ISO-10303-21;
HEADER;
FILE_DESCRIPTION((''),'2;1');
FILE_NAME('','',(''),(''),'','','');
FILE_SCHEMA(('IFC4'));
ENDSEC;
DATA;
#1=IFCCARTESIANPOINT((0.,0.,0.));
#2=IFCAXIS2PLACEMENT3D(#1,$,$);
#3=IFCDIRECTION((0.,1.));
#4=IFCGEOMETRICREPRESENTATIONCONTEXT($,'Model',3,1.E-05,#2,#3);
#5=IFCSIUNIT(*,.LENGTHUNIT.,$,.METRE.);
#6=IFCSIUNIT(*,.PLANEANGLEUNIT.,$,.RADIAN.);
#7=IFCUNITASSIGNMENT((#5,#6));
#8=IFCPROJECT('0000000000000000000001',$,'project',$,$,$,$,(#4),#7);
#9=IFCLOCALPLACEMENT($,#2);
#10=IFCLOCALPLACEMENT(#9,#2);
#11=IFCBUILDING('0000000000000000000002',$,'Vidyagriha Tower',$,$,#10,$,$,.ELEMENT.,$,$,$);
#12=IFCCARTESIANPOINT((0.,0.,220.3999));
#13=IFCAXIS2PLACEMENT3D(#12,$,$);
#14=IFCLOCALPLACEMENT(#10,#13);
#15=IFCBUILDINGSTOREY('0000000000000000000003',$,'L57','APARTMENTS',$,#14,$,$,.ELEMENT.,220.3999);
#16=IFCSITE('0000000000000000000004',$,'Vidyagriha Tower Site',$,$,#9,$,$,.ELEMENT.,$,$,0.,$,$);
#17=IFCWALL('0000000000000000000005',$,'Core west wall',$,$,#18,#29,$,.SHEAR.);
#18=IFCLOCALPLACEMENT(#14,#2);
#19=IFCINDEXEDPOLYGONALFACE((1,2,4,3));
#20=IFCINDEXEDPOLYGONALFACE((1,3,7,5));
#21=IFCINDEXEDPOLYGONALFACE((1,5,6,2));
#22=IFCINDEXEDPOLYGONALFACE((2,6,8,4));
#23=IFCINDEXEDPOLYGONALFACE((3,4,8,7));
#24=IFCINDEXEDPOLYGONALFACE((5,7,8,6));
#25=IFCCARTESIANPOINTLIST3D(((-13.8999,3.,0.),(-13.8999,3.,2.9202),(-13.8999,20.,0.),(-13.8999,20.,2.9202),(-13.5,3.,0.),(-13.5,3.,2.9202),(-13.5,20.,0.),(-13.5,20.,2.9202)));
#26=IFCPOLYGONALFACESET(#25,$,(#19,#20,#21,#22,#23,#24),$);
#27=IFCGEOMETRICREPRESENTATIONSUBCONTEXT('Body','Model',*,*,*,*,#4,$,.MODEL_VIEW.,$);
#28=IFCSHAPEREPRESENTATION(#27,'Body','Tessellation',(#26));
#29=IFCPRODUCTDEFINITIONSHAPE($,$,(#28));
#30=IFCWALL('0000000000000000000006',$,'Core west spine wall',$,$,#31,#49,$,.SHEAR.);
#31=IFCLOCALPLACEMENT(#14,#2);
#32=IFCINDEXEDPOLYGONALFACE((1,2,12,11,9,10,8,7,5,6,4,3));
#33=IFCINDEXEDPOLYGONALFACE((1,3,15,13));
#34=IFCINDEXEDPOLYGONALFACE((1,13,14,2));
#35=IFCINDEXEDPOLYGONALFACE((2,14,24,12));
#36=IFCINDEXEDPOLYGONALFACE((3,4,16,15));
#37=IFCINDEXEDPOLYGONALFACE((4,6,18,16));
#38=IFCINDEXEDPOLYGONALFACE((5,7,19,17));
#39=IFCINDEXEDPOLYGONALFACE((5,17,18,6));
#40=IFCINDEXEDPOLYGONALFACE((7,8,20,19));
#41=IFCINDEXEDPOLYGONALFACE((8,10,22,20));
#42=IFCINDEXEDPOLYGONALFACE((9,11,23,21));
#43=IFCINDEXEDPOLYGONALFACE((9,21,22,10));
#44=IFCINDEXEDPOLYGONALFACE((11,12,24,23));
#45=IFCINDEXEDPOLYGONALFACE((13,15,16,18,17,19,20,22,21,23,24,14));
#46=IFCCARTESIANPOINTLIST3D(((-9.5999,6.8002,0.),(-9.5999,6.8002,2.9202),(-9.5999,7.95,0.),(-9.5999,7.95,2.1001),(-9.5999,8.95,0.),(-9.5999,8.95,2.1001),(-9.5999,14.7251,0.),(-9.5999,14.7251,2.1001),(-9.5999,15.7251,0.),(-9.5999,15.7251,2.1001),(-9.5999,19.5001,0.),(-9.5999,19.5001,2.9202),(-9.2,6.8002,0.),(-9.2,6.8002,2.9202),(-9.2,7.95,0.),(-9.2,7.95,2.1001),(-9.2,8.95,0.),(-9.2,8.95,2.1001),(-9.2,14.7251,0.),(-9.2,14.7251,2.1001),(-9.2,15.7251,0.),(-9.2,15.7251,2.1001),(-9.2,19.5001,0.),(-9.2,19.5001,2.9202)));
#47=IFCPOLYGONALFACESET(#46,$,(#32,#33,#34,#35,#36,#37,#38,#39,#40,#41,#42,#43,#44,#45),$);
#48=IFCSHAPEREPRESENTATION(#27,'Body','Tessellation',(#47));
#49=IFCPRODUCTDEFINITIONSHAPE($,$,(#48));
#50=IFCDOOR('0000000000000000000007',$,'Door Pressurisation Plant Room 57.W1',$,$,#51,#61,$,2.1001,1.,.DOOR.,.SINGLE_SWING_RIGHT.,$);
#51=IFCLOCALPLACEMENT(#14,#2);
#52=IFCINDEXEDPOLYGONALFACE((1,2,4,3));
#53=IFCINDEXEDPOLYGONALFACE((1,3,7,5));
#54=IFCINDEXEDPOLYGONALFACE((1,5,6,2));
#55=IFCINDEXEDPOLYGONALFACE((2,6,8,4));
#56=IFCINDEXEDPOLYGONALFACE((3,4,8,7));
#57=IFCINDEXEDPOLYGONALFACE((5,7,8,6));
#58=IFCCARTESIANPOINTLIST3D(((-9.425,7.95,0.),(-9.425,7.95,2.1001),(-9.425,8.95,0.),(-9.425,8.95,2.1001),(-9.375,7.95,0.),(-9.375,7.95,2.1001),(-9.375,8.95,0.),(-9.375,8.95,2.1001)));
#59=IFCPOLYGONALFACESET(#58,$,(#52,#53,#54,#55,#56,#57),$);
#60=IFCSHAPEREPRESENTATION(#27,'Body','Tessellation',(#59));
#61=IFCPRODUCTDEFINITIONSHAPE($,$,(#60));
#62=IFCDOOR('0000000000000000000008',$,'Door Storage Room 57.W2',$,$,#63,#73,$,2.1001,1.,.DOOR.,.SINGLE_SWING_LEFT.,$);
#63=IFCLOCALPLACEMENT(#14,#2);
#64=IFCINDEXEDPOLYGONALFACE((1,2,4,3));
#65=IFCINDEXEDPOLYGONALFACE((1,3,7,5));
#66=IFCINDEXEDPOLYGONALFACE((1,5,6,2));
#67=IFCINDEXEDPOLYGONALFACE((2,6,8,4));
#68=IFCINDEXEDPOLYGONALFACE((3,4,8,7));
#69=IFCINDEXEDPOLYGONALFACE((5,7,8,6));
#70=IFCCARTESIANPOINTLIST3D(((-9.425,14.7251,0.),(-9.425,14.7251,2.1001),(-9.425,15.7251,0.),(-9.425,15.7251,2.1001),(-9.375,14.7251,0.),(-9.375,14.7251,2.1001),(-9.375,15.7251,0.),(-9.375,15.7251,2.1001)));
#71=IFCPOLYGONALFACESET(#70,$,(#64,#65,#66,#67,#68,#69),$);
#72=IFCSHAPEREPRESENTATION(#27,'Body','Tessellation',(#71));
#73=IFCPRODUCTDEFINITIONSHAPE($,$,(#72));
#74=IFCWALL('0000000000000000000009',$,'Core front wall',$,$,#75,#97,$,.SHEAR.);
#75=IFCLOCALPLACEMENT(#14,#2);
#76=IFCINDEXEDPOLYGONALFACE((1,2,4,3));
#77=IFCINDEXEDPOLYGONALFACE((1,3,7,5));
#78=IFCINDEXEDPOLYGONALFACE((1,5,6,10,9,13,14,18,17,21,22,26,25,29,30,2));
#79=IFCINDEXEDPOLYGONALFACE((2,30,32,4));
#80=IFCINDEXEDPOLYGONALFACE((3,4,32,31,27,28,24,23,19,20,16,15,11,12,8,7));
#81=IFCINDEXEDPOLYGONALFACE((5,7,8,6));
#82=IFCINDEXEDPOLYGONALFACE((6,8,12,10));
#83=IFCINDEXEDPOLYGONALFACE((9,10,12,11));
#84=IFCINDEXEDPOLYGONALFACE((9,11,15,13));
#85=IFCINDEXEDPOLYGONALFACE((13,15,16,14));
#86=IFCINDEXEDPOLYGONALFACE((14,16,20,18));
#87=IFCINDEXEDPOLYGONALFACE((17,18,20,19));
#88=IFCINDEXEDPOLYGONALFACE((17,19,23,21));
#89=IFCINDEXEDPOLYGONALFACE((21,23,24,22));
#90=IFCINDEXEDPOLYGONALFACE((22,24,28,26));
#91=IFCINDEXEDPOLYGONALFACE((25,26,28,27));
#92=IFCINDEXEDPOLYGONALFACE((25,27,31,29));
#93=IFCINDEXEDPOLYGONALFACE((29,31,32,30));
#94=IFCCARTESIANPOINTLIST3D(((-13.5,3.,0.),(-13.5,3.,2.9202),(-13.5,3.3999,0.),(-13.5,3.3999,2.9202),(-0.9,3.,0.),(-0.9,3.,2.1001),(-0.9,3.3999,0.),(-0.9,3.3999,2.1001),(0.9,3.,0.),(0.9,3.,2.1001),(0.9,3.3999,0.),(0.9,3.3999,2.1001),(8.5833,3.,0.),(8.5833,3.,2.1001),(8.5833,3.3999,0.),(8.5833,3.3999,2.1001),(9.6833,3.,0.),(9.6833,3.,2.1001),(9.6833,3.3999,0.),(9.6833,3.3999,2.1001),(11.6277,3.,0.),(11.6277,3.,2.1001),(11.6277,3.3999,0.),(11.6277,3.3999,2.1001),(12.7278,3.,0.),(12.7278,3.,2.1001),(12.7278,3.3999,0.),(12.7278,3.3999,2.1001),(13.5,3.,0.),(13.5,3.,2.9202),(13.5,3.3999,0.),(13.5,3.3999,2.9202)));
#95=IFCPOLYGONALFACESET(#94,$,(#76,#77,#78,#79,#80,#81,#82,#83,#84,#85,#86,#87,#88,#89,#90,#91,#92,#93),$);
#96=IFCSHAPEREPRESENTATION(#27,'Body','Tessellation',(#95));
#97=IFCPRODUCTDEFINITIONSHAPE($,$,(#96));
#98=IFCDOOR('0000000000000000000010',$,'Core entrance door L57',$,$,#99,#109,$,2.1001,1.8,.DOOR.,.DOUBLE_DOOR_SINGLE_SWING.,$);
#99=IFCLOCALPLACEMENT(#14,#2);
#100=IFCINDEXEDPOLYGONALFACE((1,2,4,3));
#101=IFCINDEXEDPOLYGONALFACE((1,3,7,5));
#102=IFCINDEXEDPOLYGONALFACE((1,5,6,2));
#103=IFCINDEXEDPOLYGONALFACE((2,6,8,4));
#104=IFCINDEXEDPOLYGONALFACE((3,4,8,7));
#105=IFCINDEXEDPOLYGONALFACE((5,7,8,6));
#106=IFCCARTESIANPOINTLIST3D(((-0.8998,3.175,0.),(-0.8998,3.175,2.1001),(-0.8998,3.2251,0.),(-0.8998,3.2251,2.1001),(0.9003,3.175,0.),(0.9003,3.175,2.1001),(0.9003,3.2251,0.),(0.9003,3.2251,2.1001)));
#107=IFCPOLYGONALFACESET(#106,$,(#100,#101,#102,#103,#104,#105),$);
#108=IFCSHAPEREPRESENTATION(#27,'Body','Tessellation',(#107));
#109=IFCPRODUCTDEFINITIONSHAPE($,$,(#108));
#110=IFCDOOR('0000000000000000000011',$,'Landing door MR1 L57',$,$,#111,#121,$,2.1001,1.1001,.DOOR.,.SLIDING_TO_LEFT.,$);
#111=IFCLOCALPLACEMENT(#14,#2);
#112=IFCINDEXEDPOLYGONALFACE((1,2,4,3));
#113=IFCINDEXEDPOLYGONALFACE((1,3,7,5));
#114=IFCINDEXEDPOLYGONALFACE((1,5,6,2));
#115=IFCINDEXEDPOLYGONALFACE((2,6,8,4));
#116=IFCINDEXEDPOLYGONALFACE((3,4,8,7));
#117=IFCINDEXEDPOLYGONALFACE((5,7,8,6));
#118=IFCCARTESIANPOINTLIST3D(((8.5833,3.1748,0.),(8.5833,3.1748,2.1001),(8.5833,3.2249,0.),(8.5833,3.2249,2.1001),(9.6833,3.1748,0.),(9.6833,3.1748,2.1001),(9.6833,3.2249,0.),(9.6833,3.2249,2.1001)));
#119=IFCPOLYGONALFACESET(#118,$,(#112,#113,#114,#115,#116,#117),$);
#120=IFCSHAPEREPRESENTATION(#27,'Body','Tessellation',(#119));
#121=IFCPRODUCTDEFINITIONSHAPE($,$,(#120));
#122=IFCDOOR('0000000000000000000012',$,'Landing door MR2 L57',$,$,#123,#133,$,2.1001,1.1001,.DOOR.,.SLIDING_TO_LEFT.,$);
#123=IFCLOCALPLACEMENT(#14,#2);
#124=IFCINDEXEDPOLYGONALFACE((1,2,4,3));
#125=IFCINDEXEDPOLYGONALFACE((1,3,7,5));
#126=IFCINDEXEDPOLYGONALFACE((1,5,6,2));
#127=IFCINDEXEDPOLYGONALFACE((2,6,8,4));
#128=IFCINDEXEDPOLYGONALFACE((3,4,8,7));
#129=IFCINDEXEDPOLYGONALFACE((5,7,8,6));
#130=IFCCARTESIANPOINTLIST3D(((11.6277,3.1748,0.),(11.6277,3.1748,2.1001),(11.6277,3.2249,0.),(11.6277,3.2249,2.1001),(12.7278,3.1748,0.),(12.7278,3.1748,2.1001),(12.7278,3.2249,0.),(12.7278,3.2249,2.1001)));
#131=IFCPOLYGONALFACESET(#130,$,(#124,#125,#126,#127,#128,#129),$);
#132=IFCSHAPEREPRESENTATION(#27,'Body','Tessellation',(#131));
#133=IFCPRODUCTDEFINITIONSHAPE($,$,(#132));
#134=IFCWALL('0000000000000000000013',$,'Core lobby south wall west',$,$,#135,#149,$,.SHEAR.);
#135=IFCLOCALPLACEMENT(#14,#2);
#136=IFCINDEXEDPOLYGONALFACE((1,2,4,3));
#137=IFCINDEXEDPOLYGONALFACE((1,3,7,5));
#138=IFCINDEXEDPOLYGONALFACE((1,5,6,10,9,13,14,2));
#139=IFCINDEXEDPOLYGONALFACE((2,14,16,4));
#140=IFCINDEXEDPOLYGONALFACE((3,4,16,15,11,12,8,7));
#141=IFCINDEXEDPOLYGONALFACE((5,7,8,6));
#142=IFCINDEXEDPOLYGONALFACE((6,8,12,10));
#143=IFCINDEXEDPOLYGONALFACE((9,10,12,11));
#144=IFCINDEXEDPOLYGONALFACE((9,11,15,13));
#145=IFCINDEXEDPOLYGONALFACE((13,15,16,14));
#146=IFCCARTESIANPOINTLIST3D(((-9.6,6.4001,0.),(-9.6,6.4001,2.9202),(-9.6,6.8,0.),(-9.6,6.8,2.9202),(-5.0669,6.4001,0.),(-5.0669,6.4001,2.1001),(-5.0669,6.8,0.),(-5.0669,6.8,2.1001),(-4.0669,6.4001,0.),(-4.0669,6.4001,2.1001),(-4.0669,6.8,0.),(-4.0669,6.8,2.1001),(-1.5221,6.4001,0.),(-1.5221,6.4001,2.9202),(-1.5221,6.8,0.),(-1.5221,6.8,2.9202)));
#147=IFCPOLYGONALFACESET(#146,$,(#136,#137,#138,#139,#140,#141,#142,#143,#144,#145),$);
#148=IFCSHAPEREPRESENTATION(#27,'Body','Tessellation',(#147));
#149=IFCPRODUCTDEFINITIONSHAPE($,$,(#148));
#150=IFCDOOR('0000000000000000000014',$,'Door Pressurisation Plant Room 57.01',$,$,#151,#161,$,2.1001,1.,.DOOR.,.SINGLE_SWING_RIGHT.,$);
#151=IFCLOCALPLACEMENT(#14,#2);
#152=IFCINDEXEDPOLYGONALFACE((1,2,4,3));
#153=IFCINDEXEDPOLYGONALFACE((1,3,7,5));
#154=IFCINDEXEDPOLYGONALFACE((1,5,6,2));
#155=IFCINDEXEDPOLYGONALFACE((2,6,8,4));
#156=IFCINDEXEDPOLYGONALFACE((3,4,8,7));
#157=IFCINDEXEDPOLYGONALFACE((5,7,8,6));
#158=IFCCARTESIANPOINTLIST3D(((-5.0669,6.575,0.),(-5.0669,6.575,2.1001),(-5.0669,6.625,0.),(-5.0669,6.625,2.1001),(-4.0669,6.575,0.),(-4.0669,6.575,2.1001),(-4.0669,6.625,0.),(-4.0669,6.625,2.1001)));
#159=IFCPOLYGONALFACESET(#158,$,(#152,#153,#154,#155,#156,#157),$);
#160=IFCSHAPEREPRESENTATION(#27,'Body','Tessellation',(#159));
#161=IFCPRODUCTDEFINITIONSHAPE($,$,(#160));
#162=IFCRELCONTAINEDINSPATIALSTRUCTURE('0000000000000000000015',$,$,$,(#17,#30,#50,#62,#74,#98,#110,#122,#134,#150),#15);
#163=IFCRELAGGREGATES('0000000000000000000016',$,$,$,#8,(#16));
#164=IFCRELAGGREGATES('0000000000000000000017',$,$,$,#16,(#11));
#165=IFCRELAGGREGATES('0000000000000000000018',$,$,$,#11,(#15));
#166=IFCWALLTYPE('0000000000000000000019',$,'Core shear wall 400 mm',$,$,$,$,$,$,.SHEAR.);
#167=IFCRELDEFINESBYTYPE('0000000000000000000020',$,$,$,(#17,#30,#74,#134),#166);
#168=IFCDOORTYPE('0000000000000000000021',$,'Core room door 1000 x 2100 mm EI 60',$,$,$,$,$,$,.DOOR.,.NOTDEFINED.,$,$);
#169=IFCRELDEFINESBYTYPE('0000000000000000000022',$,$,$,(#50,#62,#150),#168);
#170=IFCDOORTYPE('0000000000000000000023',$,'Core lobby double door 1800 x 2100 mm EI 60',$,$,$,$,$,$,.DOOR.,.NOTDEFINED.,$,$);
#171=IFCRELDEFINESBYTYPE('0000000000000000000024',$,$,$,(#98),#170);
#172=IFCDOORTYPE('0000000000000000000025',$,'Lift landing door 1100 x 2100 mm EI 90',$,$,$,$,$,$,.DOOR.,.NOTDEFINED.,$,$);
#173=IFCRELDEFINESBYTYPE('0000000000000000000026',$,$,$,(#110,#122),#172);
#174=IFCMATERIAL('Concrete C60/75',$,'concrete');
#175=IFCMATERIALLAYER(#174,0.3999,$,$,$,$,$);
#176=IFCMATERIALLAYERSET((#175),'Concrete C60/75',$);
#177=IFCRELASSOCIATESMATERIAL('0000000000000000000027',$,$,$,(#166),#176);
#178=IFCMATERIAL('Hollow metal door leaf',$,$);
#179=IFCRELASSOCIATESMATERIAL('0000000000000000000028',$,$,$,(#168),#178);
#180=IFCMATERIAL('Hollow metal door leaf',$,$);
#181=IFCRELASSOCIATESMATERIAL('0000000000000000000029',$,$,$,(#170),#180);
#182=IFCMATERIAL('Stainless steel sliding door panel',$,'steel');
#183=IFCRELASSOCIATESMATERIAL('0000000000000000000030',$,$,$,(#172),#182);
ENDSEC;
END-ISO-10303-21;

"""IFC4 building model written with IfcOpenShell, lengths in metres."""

from ifc_helpers import new_model, si_unit, direction, frame, frame_2d, origin, place, context, subcontext, project, spatial, rectangle, extrude, material, layer, layer_set, type_object, element, fill, save


model = new_model("IFC4")

# Units and contexts
model_context = context("Model", 3, precision=1e-05, world=origin(), true_north=direction((0.0, 1.0)))
body_context = subcontext(model_context, "Body", "Model", "MODEL_VIEW")
ifc_project = project(units=[si_unit("LENGTHUNIT", "METRE"), si_unit("PLANEANGLEUNIT", "RADIAN")], contexts=[model_context])

# Site, building, storey
site_placement = place(None, origin())
site = spatial("IfcSite", under=ifc_project, at=site_placement, Name="Vidyagriha Tower Site", CompositionType="ELEMENT", RefElevation=0.0)
building_placement = place(site_placement, origin())
building = spatial("IfcBuilding", under=site, at=building_placement, Name="Vidyagriha Tower", CompositionType="ELEMENT")
storey_placement = place(building_placement, frame((0.0, 0.0, 220.3999)))
storey = spatial("IfcBuildingStorey", under=building, at=storey_placement, Name="L57", Description="APARTMENTS", CompositionType="ELEMENT", Elevation=220.3999)

# Wall
ifc_material_1 = material(Name="Concrete C60/75", Category="concrete")
ifc_layer_1 = layer(ifc_material_1, 0.3999)
ifc_layer_set_1 = layer_set([ifc_layer_1], Name="Concrete C60/75")
wall_type_1 = type_object("IfcWallType", Name="Core shear wall 400 mm", PredefinedType="SHEAR", material=ifc_layer_set_1)
wall_1_placement = place(storey_placement, frame((-13.7, 3.0, 0.0), z_axis=(0.0, 0.0, 1.0), x_axis=(0.0, 1.0, 0.0)))
element("IfcWall", 1, at=wall_1_placement, inside=storey, type_object=wall_type_1, Name="Core west wall", PredefinedType="SHEAR", context=body_context, shape_type="SweptSolid", body=[
    extrude(rectangle(XDim=17.0, YDim=0.3999, at=frame_2d((8.5, 0.0))), origin(), (0.0, 0.0, 1.0), 2.9202),
])

# Walls, openings, doors
wall_2_placement = place(storey_placement, frame((-9.3999, 6.8, 0.0), z_axis=(0.0, 0.0, 1.0), x_axis=(0.0, 1.0, 0.0)))
wall_2 = element("IfcWall", 2, at=wall_2_placement, inside=storey, type_object=wall_type_1, Name="Core west spine wall", PredefinedType="SHEAR", context=body_context, shape_type="SweptSolid", body=[
    extrude(rectangle(XDim=12.7, YDim=0.3999, at=frame_2d((6.3501, 0.0))), origin(), (0.0, 0.0, 1.0), 2.9202),
])
opening_1_placement = place(wall_2_placement, frame((1.1499, 0.0, 0.0)))
opening_1 = element("IfcOpeningElement", 3, at=opening_1_placement, cuts=wall_2, PredefinedType="OPENING", context=body_context, shape_type="SweptSolid", body=[
    extrude(rectangle(XDim=1.0, YDim=2.1001, at=frame_2d((0.5, 1.05))), frame((0.0, 0.21, 0.0), z_axis=(0.0, -1.0, 0.0), x_axis=(1.0, 0.0, 0.0)), (0.0, 0.0, 1.0), 0.4199),
])
opening_2_placement = place(wall_2_placement, frame((7.925, 0.0, 0.0)))
opening_2 = element("IfcOpeningElement", 4, at=opening_2_placement, cuts=wall_2, PredefinedType="OPENING", context=body_context, shape_type="SweptSolid", body=[
    extrude(rectangle(XDim=1.0, YDim=2.1001, at=frame_2d((0.5, 1.05))), frame((0.0, 0.21, 0.0), z_axis=(0.0, -1.0, 0.0), x_axis=(1.0, 0.0, 0.0)), (0.0, 0.0, 1.0), 0.4199),
])
ifc_material_2 = material(Name="Hollow metal door leaf")
door_type_1 = type_object("IfcDoorType", Name="Core room door 1000 x 2100 mm EI 60", OperationType="NOTDEFINED", PredefinedType="DOOR", material=ifc_material_2)
door_1_placement = place(opening_1_placement, frame((1.0, 0.0, 0.0), z_axis=(0.0, 0.0, 1.0), x_axis=(-1.0, 0.0, 0.0)))
door_1 = element("IfcDoor", 5, at=door_1_placement, inside=storey, type_object=door_type_1, Name="Door Pressurisation Plant Room 57.W1", OperationType="SINGLE_SWING_RIGHT", OverallHeight=2.1001, OverallWidth=1.0, PredefinedType="DOOR", context=body_context, shape_type="SweptSolid", body=[
    extrude(rectangle(XDim=1.0, YDim=2.1001, at=frame_2d((0.5, 1.05))), frame((0.0, 0.0249, 0.0), z_axis=(0.0, -1.0, 0.0), x_axis=(1.0, 0.0, 0.0)), (0.0, 0.0, 1.0), 0.05),
])
fill(opening_1, door_1)
door_2_placement = place(opening_2_placement, frame((1.0, 0.0, 0.0), z_axis=(0.0, 0.0, 1.0), x_axis=(-1.0, 0.0, 0.0)))
door_2 = element("IfcDoor", 6, at=door_2_placement, inside=storey, type_object=door_type_1, Name="Door Storage Room 57.W2", OperationType="SINGLE_SWING_LEFT", OverallHeight=2.1001, OverallWidth=1.0, PredefinedType="DOOR", context=body_context, shape_type="SweptSolid", body=[
    extrude(rectangle(XDim=1.0, YDim=2.1001, at=frame_2d((0.5, 1.05))), frame((0.0, 0.0249, 0.0), z_axis=(0.0, -1.0, 0.0), x_axis=(1.0, 0.0, 0.0)), (0.0, 0.0, 1.0), 0.05),
])
fill(opening_2, door_2)
wall_3_placement = place(storey_placement, frame((-13.5, 3.2, 0.0)))
wall_3 = element("IfcWall", 7, at=wall_3_placement, inside=storey, type_object=wall_type_1, Name="Core front wall", PredefinedType="SHEAR", context=body_context, shape_type="SweptSolid", body=[
    extrude(rectangle(XDim=27.0, YDim=0.3999, at=frame_2d((13.5, 0.0))), origin(), (0.0, 0.0, 1.0), 2.9202),
])
opening_3_placement = place(wall_3_placement, frame((22.0833, 0.0, 0.0)))
opening_3 = element("IfcOpeningElement", 8, at=opening_3_placement, cuts=wall_3, PredefinedType="OPENING", context=body_context, shape_type="SweptSolid", body=[
    extrude(rectangle(XDim=1.1001, YDim=2.1001, at=frame_2d((0.55, 1.05))), frame((0.0, 0.21, 0.0), z_axis=(0.0, -1.0, 0.0), x_axis=(1.0, 0.0, 0.0)), (0.0, 0.0, 1.0), 0.4199),
])
opening_4_placement = place(wall_3_placement, frame((25.1277, 0.0, 0.0)))
opening_4 = element("IfcOpeningElement", 9, at=opening_4_placement, cuts=wall_3, PredefinedType="OPENING", context=body_context, shape_type="SweptSolid", body=[
    extrude(rectangle(XDim=1.1001, YDim=2.1001, at=frame_2d((0.55, 1.05))), frame((0.0, 0.21, 0.0), z_axis=(0.0, -1.0, 0.0), x_axis=(1.0, 0.0, 0.0)), (0.0, 0.0, 1.0), 0.4199),
])
opening_5_placement = place(wall_3_placement, frame((12.6001, 0.0, 0.0)))
opening_5 = element("IfcOpeningElement", 10, at=opening_5_placement, cuts=wall_3, PredefinedType="OPENING", context=body_context, shape_type="SweptSolid", body=[
    extrude(rectangle(XDim=1.8, YDim=2.1001, at=frame_2d((0.8999, 1.05))), frame((0.0, 0.21, 0.0), z_axis=(0.0, -1.0, 0.0), x_axis=(1.0, 0.0, 0.0)), (0.0, 0.0, 1.0), 0.4199),
])
ifc_material_3 = material(Name="Hollow metal door leaf")
door_type_2 = type_object("IfcDoorType", Name="Core lobby double door 1800 x 2100 mm EI 60", OperationType="NOTDEFINED", PredefinedType="DOOR", material=ifc_material_3)
door_3_placement = place(opening_5_placement, frame((1.8, 0.0, 0.0), z_axis=(0.0, 0.0, 1.0), x_axis=(-1.0, 0.0, 0.0)))
door_3 = element("IfcDoor", 11, at=door_3_placement, inside=storey, type_object=door_type_2, Name="Core entrance door L57", OperationType="DOUBLE_DOOR_SINGLE_SWING", OverallHeight=2.1001, OverallWidth=1.8, PredefinedType="DOOR", context=body_context, shape_type="SweptSolid", body=[
    extrude(rectangle(XDim=1.8, YDim=2.1001, at=frame_2d((0.8999, 1.05))), frame((0.0, 0.0249, 0.0), z_axis=(0.0, -1.0, 0.0), x_axis=(1.0, 0.0, 0.0)), (0.0, 0.0, 1.0), 0.05),
])
fill(opening_5, door_3)
ifc_material_4 = material(Name="Stainless steel sliding door panel", Category="steel")
door_type_3 = type_object("IfcDoorType", Name="Lift landing door 1100 x 2100 mm EI 90", OperationType="NOTDEFINED", PredefinedType="DOOR", material=ifc_material_4)
door_4_placement = place(opening_3_placement, origin())
door_4 = element("IfcDoor", 12, at=door_4_placement, inside=storey, type_object=door_type_3, Name="Landing door MR1 L57", OperationType="SLIDING_TO_LEFT", OverallHeight=2.1001, OverallWidth=1.1001, PredefinedType="DOOR", context=body_context, shape_type="SweptSolid", body=[
    extrude(rectangle(XDim=1.1001, YDim=2.1001, at=frame_2d((0.55, 1.05))), frame((0.0, 0.0249, 0.0), z_axis=(0.0, -1.0, 0.0), x_axis=(1.0, 0.0, 0.0)), (0.0, 0.0, 1.0), 0.05),
])
fill(opening_3, door_4)
door_5_placement = place(opening_4_placement, origin())
door_5 = element("IfcDoor", 13, at=door_5_placement, inside=storey, type_object=door_type_3, Name="Landing door MR2 L57", OperationType="SLIDING_TO_LEFT", OverallHeight=2.1001, OverallWidth=1.1001, PredefinedType="DOOR", context=body_context, shape_type="SweptSolid", body=[
    extrude(rectangle(XDim=1.1001, YDim=2.1001, at=frame_2d((0.55, 1.05))), frame((0.0, 0.0249, 0.0), z_axis=(0.0, -1.0, 0.0), x_axis=(1.0, 0.0, 0.0)), (0.0, 0.0, 1.0), 0.05),
])
fill(opening_4, door_5)

# Wall, opening, door
wall_4_placement = place(storey_placement, frame((-9.6001, 6.6001, 0.0)))
wall_4 = element("IfcWall", 14, at=wall_4_placement, inside=storey, type_object=wall_type_1, Name="Core lobby south wall west", PredefinedType="SHEAR", context=body_context, shape_type="SweptSolid", body=[
    extrude(rectangle(XDim=8.0779, YDim=0.3999, at=frame_2d((4.0391, 0.0))), origin(), (0.0, 0.0, 1.0), 2.9202),
])
opening_6_placement = place(wall_4_placement, frame((4.5332, 0.0, 0.0)))
opening_6 = element("IfcOpeningElement", 15, at=opening_6_placement, cuts=wall_4, PredefinedType="OPENING", context=body_context, shape_type="SweptSolid", body=[
    extrude(rectangle(XDim=1.0, YDim=2.1001, at=frame_2d((0.5, 1.05))), frame((0.0, 0.21, 0.0), z_axis=(0.0, -1.0, 0.0), x_axis=(1.0, 0.0, 0.0)), (0.0, 0.0, 1.0), 0.4199),
])
door_6_placement = place(opening_6_placement, origin())
door_6 = element("IfcDoor", 16, at=door_6_placement, inside=storey, type_object=door_type_1, Name="Door Pressurisation Plant Room 57.01", OperationType="SINGLE_SWING_RIGHT", OverallHeight=2.1001, OverallWidth=1.0, PredefinedType="DOOR", context=body_context, shape_type="SweptSolid", body=[
    extrude(rectangle(XDim=1.0, YDim=2.1001, at=frame_2d((0.5, 1.05))), frame((0.0, 0.0249, 0.0), z_axis=(0.0, -1.0, 0.0), x_axis=(1.0, 0.0, 0.0)), (0.0, 0.0, 1.0), 0.05),
])
fill(opening_6, door_6)

save(model, "model.ifc")
